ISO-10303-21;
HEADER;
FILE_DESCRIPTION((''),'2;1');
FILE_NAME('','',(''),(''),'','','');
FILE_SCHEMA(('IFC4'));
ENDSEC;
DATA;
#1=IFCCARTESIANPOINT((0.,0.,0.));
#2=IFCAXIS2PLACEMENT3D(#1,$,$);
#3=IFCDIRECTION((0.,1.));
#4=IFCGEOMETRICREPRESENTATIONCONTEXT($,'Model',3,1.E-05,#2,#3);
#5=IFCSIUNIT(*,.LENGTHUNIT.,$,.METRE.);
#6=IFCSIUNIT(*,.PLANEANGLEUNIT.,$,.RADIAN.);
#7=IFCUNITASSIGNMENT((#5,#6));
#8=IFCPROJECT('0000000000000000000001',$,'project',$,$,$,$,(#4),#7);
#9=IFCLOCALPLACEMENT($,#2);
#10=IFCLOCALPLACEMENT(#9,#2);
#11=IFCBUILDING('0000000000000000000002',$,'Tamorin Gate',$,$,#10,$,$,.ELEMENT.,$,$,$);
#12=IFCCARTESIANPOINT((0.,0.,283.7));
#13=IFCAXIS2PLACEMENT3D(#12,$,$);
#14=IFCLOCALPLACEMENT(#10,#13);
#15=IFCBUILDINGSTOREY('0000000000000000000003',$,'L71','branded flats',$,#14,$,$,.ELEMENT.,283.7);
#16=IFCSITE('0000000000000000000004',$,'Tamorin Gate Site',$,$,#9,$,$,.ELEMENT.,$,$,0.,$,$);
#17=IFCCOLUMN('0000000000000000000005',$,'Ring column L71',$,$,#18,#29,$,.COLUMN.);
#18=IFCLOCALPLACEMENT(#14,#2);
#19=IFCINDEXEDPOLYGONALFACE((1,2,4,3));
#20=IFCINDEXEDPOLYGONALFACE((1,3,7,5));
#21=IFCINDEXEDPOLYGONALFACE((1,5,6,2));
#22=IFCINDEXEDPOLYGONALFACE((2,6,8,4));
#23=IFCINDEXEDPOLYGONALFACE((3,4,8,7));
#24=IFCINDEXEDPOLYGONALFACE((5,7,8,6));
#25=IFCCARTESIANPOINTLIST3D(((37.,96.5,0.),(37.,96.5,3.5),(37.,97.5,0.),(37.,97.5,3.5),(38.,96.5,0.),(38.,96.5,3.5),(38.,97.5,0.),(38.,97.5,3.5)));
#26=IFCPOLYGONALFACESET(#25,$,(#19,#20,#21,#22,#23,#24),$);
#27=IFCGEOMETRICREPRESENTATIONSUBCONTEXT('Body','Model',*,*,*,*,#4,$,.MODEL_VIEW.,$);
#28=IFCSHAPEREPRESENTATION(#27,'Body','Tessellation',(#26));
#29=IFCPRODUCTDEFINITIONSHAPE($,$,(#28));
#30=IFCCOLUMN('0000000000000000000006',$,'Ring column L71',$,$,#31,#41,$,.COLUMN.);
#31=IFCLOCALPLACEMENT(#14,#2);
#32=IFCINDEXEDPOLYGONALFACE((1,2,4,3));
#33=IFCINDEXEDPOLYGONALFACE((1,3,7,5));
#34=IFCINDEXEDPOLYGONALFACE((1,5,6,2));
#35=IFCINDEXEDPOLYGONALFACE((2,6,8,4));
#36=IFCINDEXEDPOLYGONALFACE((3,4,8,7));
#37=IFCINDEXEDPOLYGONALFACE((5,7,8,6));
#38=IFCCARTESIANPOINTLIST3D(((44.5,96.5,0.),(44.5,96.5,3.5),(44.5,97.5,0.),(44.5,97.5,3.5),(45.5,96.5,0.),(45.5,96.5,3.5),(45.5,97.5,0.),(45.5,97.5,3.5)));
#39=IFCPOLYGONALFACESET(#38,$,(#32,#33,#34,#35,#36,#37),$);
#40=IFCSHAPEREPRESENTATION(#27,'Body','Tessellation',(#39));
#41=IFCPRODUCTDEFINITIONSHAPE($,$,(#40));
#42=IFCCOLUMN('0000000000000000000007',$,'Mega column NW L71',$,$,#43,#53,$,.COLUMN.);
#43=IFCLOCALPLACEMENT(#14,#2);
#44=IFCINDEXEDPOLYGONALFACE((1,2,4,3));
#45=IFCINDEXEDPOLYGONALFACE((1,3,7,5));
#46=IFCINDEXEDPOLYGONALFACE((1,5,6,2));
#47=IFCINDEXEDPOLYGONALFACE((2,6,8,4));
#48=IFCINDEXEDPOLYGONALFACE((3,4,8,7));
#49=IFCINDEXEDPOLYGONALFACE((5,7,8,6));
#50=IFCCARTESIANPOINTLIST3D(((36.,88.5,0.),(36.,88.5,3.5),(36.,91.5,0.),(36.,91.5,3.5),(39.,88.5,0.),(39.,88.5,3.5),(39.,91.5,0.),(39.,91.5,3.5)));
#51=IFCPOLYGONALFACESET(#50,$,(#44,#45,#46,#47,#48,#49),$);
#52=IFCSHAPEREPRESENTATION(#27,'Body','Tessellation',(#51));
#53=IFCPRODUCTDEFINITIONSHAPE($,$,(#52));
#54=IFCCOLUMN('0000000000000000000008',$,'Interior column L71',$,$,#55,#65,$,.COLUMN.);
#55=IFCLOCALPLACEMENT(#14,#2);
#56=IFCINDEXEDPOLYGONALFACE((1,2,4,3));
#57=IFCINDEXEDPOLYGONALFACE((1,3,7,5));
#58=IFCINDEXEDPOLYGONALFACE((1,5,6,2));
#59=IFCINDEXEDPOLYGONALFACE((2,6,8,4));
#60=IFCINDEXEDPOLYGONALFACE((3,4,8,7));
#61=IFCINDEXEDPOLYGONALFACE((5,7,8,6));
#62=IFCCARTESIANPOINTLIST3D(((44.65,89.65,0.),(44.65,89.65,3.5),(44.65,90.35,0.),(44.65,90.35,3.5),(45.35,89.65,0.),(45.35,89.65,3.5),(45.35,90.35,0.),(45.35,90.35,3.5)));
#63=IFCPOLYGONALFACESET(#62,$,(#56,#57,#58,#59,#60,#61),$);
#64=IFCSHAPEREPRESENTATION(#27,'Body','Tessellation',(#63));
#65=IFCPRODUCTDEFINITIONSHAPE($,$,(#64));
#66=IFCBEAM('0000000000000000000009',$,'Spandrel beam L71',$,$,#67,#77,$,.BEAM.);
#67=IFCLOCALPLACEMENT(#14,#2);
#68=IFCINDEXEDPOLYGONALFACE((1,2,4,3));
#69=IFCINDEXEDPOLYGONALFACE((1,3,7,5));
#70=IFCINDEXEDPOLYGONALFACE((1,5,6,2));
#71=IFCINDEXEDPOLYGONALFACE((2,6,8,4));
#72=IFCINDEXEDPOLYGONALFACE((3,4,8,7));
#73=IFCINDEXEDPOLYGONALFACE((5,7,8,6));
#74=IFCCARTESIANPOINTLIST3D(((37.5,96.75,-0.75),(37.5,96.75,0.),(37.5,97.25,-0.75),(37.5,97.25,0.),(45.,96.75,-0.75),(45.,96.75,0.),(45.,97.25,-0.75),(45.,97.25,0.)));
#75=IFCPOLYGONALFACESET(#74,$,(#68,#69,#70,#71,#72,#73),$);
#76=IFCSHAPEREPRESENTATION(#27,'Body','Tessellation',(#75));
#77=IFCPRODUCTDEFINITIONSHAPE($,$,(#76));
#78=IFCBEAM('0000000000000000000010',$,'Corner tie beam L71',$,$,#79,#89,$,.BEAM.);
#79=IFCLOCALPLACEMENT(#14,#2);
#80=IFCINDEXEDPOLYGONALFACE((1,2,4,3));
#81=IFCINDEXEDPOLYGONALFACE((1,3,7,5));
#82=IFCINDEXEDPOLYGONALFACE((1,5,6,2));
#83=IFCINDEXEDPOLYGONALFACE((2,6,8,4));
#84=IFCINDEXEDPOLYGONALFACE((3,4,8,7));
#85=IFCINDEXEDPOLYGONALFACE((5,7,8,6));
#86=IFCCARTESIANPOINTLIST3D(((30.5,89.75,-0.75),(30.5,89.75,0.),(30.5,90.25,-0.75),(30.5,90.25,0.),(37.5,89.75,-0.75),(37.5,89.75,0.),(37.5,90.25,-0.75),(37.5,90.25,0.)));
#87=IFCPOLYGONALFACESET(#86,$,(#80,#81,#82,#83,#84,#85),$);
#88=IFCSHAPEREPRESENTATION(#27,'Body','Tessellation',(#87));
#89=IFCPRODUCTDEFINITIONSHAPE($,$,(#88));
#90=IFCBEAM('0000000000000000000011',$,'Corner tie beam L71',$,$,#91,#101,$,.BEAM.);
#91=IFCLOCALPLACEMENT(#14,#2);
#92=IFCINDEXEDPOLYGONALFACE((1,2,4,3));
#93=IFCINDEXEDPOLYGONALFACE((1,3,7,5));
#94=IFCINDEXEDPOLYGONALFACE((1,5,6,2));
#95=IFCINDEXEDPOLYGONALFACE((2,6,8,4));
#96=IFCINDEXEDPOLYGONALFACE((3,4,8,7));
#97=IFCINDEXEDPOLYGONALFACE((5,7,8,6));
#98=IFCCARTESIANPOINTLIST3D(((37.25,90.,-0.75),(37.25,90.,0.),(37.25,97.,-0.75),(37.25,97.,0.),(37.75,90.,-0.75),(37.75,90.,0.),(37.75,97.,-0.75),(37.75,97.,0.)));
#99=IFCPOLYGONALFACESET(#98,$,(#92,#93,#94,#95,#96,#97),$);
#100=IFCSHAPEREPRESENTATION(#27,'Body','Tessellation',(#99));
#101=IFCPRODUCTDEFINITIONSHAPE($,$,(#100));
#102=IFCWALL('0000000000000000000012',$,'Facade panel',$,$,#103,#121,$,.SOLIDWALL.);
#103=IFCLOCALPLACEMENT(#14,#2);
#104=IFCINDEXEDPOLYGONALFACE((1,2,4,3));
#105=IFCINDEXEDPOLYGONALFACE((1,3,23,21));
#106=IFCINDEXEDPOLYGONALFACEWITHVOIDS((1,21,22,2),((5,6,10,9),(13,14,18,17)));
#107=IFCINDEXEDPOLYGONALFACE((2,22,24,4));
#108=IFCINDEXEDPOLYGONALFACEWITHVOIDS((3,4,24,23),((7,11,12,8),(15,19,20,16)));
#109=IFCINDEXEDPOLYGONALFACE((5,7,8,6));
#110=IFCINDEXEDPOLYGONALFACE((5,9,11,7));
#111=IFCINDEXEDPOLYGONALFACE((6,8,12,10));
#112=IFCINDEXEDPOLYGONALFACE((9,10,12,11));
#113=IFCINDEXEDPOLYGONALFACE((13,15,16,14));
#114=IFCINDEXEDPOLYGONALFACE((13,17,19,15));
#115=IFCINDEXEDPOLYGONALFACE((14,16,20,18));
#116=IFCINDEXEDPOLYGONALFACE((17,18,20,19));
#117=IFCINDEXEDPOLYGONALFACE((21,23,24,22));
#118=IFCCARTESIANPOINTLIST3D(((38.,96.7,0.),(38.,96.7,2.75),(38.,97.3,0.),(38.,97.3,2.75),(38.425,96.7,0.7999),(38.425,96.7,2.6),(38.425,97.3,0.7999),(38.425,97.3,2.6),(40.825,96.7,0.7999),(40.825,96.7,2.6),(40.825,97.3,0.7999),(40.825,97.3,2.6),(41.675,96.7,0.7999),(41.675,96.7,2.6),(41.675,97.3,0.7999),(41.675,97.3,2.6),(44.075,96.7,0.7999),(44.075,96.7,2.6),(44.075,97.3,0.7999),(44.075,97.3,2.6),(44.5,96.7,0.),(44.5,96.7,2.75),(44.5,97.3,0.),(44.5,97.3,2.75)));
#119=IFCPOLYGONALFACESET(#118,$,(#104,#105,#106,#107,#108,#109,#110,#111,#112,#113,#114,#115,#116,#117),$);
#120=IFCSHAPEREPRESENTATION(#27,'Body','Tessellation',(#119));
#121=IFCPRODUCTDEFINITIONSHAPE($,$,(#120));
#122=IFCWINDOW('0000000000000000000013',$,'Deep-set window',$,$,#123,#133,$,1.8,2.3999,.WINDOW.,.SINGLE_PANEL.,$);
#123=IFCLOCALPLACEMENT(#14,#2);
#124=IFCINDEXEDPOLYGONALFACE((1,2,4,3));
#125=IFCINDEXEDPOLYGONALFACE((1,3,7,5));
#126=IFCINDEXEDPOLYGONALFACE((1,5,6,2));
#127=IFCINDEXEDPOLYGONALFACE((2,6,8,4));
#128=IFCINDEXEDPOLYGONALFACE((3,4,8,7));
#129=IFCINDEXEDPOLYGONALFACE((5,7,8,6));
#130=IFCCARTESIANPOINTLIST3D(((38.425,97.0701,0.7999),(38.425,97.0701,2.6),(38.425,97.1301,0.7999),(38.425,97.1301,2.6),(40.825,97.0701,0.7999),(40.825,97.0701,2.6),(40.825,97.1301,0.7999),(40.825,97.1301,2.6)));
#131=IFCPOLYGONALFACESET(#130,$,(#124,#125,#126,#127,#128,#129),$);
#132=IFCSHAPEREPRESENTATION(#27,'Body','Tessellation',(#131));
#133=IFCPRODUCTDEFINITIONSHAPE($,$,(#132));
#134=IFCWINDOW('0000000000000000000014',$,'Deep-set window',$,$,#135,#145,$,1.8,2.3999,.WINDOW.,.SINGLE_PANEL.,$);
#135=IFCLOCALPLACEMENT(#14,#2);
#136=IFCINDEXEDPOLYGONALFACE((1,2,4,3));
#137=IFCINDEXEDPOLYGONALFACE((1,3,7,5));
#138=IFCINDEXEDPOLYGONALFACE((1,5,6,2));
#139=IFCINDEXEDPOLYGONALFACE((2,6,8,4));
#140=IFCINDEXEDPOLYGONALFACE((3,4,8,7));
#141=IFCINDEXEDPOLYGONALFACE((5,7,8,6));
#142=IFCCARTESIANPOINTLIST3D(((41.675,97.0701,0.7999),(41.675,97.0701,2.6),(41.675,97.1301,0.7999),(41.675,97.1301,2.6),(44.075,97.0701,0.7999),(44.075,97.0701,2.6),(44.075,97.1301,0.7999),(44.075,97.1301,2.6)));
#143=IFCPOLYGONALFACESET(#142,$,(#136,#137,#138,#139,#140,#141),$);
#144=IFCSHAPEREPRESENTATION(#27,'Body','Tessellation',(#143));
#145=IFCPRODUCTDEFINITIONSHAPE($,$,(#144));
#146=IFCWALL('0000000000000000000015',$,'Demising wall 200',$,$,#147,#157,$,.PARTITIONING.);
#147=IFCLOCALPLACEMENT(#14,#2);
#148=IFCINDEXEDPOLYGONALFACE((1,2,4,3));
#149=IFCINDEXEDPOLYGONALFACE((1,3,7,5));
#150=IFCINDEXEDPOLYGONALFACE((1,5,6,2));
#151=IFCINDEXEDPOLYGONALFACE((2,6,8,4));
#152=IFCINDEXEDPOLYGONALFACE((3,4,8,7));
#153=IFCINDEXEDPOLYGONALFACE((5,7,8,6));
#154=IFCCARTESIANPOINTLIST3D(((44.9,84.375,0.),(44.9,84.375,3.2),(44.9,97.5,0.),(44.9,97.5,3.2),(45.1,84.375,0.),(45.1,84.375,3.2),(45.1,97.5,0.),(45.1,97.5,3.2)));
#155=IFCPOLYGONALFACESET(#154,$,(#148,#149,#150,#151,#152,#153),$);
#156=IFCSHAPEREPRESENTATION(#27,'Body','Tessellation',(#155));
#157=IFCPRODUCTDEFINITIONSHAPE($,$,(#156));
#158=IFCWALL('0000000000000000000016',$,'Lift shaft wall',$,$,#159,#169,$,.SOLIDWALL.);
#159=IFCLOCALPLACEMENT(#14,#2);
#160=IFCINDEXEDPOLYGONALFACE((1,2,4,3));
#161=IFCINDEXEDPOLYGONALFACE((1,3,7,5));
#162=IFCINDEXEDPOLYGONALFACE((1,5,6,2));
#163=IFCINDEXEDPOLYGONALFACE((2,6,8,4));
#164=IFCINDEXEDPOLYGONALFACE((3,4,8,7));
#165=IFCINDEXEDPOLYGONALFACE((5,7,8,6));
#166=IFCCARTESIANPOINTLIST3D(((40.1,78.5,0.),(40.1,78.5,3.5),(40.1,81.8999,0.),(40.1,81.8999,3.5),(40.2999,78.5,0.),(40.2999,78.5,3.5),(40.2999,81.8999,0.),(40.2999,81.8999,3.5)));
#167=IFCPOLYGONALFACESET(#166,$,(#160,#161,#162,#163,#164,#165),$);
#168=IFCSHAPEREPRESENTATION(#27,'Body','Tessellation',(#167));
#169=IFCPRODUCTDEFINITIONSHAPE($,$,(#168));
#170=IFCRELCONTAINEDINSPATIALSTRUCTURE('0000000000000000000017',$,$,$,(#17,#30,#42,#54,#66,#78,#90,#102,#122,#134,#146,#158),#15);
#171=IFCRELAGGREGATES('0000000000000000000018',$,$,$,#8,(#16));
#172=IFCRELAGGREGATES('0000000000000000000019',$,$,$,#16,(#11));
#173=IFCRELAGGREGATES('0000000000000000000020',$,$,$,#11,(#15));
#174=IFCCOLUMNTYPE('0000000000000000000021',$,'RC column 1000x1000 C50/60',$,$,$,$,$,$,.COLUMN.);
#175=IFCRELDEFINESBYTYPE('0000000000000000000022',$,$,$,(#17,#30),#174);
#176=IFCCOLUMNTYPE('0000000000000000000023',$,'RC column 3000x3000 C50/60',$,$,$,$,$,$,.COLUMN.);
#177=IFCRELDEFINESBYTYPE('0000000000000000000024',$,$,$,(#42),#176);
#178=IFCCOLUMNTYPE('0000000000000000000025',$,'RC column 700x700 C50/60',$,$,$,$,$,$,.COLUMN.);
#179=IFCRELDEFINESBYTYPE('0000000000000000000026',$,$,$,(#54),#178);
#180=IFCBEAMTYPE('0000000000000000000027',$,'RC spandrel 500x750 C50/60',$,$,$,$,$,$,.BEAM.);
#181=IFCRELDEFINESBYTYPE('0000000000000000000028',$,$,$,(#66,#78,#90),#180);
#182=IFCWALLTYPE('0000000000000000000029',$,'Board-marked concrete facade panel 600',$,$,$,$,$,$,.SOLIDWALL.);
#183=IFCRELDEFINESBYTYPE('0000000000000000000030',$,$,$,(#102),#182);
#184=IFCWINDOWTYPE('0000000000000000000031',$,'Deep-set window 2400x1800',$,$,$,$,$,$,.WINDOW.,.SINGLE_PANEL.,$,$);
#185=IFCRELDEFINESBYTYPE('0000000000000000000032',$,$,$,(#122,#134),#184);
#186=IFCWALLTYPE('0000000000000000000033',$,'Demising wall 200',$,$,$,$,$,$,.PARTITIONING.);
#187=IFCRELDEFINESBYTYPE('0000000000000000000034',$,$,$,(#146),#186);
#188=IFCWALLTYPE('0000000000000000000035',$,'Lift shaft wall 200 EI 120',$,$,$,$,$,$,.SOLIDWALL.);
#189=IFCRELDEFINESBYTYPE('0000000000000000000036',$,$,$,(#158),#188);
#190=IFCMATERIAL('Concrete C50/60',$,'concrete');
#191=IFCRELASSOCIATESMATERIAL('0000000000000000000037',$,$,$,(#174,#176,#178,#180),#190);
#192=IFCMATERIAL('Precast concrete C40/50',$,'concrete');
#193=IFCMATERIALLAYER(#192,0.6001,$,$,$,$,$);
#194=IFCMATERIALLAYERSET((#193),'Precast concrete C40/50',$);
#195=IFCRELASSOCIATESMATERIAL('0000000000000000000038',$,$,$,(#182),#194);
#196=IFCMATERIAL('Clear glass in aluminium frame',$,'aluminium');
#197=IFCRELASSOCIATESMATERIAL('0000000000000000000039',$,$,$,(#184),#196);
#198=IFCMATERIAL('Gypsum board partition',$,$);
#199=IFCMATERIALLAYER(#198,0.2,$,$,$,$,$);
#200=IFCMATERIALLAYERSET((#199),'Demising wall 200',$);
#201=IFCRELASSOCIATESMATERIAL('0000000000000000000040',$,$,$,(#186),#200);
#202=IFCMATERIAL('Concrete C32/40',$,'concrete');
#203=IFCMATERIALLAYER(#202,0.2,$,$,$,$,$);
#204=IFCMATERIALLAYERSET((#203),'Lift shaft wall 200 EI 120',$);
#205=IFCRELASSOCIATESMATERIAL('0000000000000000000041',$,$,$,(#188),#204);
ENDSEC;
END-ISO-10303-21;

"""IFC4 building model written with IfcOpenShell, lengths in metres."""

from ifc_helpers import new_model, si_unit, direction, frame, frame_2d, origin, origin_2d, place, context, subcontext, project, spatial, rectangle, extrude, material, layer, layer_set, material_profile, profile_set, type_object, element, fill, save


model = new_model("IFC4")

# Units and contexts
model_context = context("Model", 3, precision=1e-05, world=origin(), true_north=direction((0.0, 1.0)))
body_context = subcontext(model_context, "Body", "Model", "MODEL_VIEW")
ifc_project = project(units=[si_unit("LENGTHUNIT", "METRE"), si_unit("PLANEANGLEUNIT", "RADIAN")], contexts=[model_context])

# Site, building, storey
site_placement = place(None, origin())
site = spatial("IfcSite", under=ifc_project, at=site_placement, Name="Tamorin Gate Site", CompositionType="ELEMENT", RefElevation=0.0)
building_placement = place(site_placement, origin())
building = spatial("IfcBuilding", under=site, at=building_placement, Name="Tamorin Gate", CompositionType="ELEMENT")
storey_placement = place(building_placement, frame((0.0, 0.0, 283.7)))
storey = spatial("IfcBuildingStorey", under=building, at=storey_placement, Name="L71", Description="branded flats", CompositionType="ELEMENT", Elevation=283.7)

# Columns
ifc_material_1 = material(Name="Concrete C50/60", Category="concrete")
ifc_material_profile_1 = material_profile(ifc_material_1, rectangle(XDim=1.0, YDim=1.0, at=origin_2d()), Name="RC 1000x1000")
ifc_profile_set_1 = profile_set([ifc_material_profile_1], Name="Concrete C50/60")
column_type_1 = type_object("IfcColumnType", Name="RC column 1000x1000 C50/60", PredefinedType="COLUMN", material=ifc_profile_set_1)
for number, where, z_axis, x_axis, name in (
    (1, (37.5, 97.0, 0.0), (0.0, 0.0, 1.0), (1.0, 0.0, 0.0), "Ring column L71"),
    (2, (45.0, 97.0, 0.0), (0.0, 0.0, 1.0), (1.0, 0.0, 0.0), "Ring column L71"),
):
    element("IfcColumn", number, at=place(storey_placement, frame(where, z_axis=z_axis, x_axis=x_axis)), inside=storey, type_object=column_type_1, Name=name, PredefinedType="COLUMN", context=body_context, shape_type="SweptSolid", body=[
        extrude(rectangle(XDim=1.0, YDim=1.0, at=origin_2d()), origin(), (0.0, 0.0, 1.0), 3.5),
    ])
ifc_material_profile_2 = material_profile(ifc_material_1, rectangle(XDim=3.0, YDim=3.0, at=origin_2d()), Name="RC 3000x3000")
ifc_profile_set_2 = profile_set([ifc_material_profile_2], Name="Concrete C50/60")
column_type_2 = type_object("IfcColumnType", Name="RC column 3000x3000 C50/60", PredefinedType="COLUMN", material=ifc_profile_set_2)
column_1_placement = place(storey_placement, frame((37.5, 90.0, 0.0), z_axis=(0.0, 0.0, 1.0), x_axis=(1.0, 0.0, 0.0)))
element("IfcColumn", 3, at=column_1_placement, inside=storey, type_object=column_type_2, Name="Mega column NW L71", PredefinedType="COLUMN", context=body_context, shape_type="SweptSolid", body=[
    extrude(rectangle(XDim=3.0, YDim=3.0, at=origin_2d()), origin(), (0.0, 0.0, 1.0), 3.5),
])
ifc_material_profile_3 = material_profile(ifc_material_1, rectangle(XDim=0.7, YDim=0.7, at=origin_2d()), Name="RC 700x700")
ifc_profile_set_3 = profile_set([ifc_material_profile_3], Name="Concrete C50/60")
column_type_3 = type_object("IfcColumnType", Name="RC column 700x700 C50/60", PredefinedType="COLUMN", material=ifc_profile_set_3)
column_2_placement = place(storey_placement, frame((45.0, 90.0, 0.0), z_axis=(0.0, 0.0, 1.0), x_axis=(1.0, 0.0, 0.0)))
element("IfcColumn", 4, at=column_2_placement, inside=storey, type_object=column_type_3, Name="Interior column L71", PredefinedType="COLUMN", context=body_context, shape_type="SweptSolid", body=[
    extrude(rectangle(XDim=0.7, YDim=0.7, at=origin_2d()), origin(), (0.0, 0.0, 1.0), 3.5),
])

# Beams
ifc_material_profile_4 = material_profile(ifc_material_1, rectangle(XDim=0.5, YDim=0.75, at=origin_2d()), Name="RC 500x750")
ifc_profile_set_4 = profile_set([ifc_material_profile_4], Name="Concrete C50/60")
beam_type = type_object("IfcBeamType", Name="RC spandrel 500x750 C50/60", PredefinedType="BEAM", material=ifc_profile_set_4)
beam_placement = place(storey_placement, frame((45.0, 97.0, -0.375), z_axis=(-1.0, 0.0, 0.0), x_axis=(0.0, -1.0, 0.0)))
element("IfcBeam", 5, at=beam_placement, inside=storey, type_object=beam_type, Name="Spandrel beam L71", PredefinedType="BEAM", context=body_context, shape_type="SweptSolid", body=[
    extrude(rectangle(XDim=0.5, YDim=0.75, at=origin_2d()), origin(), (0.0, 0.0, 1.0), 7.5),
])
for number, where, z_axis, x_axis, name in (
    (6, (37.5, 90.0, -0.375), (-1.0, 0.0, 0.0), (0.0, -1.0, 0.0), "Corner tie beam L71"),
    (7, (37.5, 90.0, -0.375), (0.0, 1.0, 0.0), (-1.0, 0.0, 0.0), "Corner tie beam L71"),
):
    element("IfcBeam", number, at=place(storey_placement, frame(where, z_axis=z_axis, x_axis=x_axis)), inside=storey, type_object=beam_type, Name=name, PredefinedType="BEAM", context=body_context, shape_type="SweptSolid", body=[
        extrude(rectangle(XDim=0.5, YDim=0.75, at=origin_2d()), origin(), (0.0, 0.0, 1.0), 7.0),
    ])

# Wall, openings, windows
ifc_material_2 = material(Name="Precast concrete C40/50", Category="concrete")
ifc_layer_1 = layer(ifc_material_2, 0.6001)
ifc_layer_set_1 = layer_set([ifc_layer_1], Name="Precast concrete C40/50")
wall_type_1 = type_object("IfcWallType", Name="Board-marked concrete facade panel 600", PredefinedType="SOLIDWALL", material=ifc_layer_set_1)
wall_1_placement = place(storey_placement, frame((44.5, 97.0, 0.0), z_axis=(0.0, 0.0, 1.0), x_axis=(-1.0, 0.0, 0.0)))
wall_1 = element("IfcWall", 8, at=wall_1_placement, inside=storey, type_object=wall_type_1, Name="Facade panel", PredefinedType="SOLIDWALL", context=body_context, shape_type="SweptSolid", body=[
    extrude(rectangle(XDim=6.5, YDim=0.6001, at=frame_2d((3.25, 0.0))), origin(), (0.0, 0.0, 1.0), 2.75),
])
opening_1_placement = place(wall_1_placement, frame((3.675, 0.0, 0.8)))
opening_1 = element("IfcOpeningElement", 9, at=opening_1_placement, cuts=wall_1, PredefinedType="OPENING", context=body_context, shape_type="SweptSolid", body=[
    extrude(rectangle(XDim=2.3999, YDim=1.8, at=frame_2d((1.2, 0.8999))), frame((0.0, 0.3101, 0.0), z_axis=(0.0, -1.0, 0.0), x_axis=(1.0, 0.0, 0.0)), (0.0, 0.0, 1.0), 0.6201),
])
opening_2_placement = place(wall_1_placement, frame((0.425, 0.0, 0.8)))
opening_2 = element("IfcOpeningElement", 10, at=opening_2_placement, cuts=wall_1, PredefinedType="OPENING", context=body_context, shape_type="SweptSolid", body=[
    extrude(rectangle(XDim=2.3999, YDim=1.8, at=frame_2d((1.2, 0.8999))), frame((0.0, 0.3101, 0.0), z_axis=(0.0, -1.0, 0.0), x_axis=(1.0, 0.0, 0.0)), (0.0, 0.0, 1.0), 0.6201),
])
ifc_material_3 = material(Name="Clear glass in aluminium frame", Category="aluminium")
window_type = type_object("IfcWindowType", Name="Deep-set window 2400x1800", PartitioningType="SINGLE_PANEL", PredefinedType="WINDOW", material=ifc_material_3)
window_1_placement = place(opening_1_placement, origin())
window_1 = element("IfcWindow", 11, at=window_1_placement, inside=storey, type_object=window_type, Name="Deep-set window", OverallHeight=1.8, OverallWidth=2.3999, PartitioningType="SINGLE_PANEL", PredefinedType="WINDOW", context=body_context, shape_type="SweptSolid", body=[
    extrude(rectangle(XDim=2.3999, YDim=1.8, at=frame_2d((1.2, 0.8999))), frame((0.0, -0.0701, 0.0), z_axis=(0.0, -1.0, 0.0), x_axis=(1.0, 0.0, 0.0)), (0.0, 0.0, 1.0), 0.0601),
])
fill(opening_1, window_1)
window_2_placement = place(opening_2_placement, origin())
window_2 = element("IfcWindow", 12, at=window_2_placement, inside=storey, type_object=window_type, Name="Deep-set window", OverallHeight=1.8, OverallWidth=2.3999, PartitioningType="SINGLE_PANEL", PredefinedType="WINDOW", context=body_context, shape_type="SweptSolid", body=[
    extrude(rectangle(XDim=2.3999, YDim=1.8, at=frame_2d((1.2, 0.8999))), frame((0.0, -0.0701, 0.0), z_axis=(0.0, -1.0, 0.0), x_axis=(1.0, 0.0, 0.0)), (0.0, 0.0, 1.0), 0.0601),
])
fill(opening_2, window_2)

# Walls
ifc_material_4 = material(Name="Gypsum board partition")
ifc_layer_2 = layer(ifc_material_4, 0.2)
ifc_layer_set_2 = layer_set([ifc_layer_2], Name="Demising wall 200")
wall_type_2 = type_object("IfcWallType", Name="Demising wall 200", PredefinedType="PARTITIONING", material=ifc_layer_set_2)
wall_2_placement = place(storey_placement, frame((45.0, 84.375, 0.0), z_axis=(0.0, 0.0, 1.0), x_axis=(0.0, 1.0, 0.0)))
element("IfcWall", 13, at=wall_2_placement, inside=storey, type_object=wall_type_2, Name="Demising wall 200", PredefinedType="PARTITIONING", context=body_context, shape_type="SweptSolid", body=[
    extrude(rectangle(XDim=13.125, YDim=0.2, at=frame_2d((6.5625, 0.0))), origin(), (0.0, 0.0, 1.0), 3.2),
])
ifc_material_5 = material(Name="Concrete C32/40", Category="concrete")
ifc_layer_3 = layer(ifc_material_5, 0.2)
ifc_layer_set_3 = layer_set([ifc_layer_3], Name="Lift shaft wall 200 EI 120")
wall_type_3 = type_object("IfcWallType", Name="Lift shaft wall 200 EI 120", PredefinedType="SOLIDWALL", material=ifc_layer_set_3)
wall_3_placement = place(storey_placement, frame((40.2, 78.5, 0.0), z_axis=(0.0, 0.0, 1.0), x_axis=(0.0, 1.0, 0.0)))
element("IfcWall", 14, at=wall_3_placement, inside=storey, type_object=wall_type_3, Name="Lift shaft wall", PredefinedType="SOLIDWALL", context=body_context, shape_type="SweptSolid", body=[
    extrude(rectangle(XDim=3.3999, YDim=0.2, at=frame_2d((1.7, 0.0))), origin(), (0.0, 0.0, 1.0), 3.5),
])

save(model, "model.ifc")
